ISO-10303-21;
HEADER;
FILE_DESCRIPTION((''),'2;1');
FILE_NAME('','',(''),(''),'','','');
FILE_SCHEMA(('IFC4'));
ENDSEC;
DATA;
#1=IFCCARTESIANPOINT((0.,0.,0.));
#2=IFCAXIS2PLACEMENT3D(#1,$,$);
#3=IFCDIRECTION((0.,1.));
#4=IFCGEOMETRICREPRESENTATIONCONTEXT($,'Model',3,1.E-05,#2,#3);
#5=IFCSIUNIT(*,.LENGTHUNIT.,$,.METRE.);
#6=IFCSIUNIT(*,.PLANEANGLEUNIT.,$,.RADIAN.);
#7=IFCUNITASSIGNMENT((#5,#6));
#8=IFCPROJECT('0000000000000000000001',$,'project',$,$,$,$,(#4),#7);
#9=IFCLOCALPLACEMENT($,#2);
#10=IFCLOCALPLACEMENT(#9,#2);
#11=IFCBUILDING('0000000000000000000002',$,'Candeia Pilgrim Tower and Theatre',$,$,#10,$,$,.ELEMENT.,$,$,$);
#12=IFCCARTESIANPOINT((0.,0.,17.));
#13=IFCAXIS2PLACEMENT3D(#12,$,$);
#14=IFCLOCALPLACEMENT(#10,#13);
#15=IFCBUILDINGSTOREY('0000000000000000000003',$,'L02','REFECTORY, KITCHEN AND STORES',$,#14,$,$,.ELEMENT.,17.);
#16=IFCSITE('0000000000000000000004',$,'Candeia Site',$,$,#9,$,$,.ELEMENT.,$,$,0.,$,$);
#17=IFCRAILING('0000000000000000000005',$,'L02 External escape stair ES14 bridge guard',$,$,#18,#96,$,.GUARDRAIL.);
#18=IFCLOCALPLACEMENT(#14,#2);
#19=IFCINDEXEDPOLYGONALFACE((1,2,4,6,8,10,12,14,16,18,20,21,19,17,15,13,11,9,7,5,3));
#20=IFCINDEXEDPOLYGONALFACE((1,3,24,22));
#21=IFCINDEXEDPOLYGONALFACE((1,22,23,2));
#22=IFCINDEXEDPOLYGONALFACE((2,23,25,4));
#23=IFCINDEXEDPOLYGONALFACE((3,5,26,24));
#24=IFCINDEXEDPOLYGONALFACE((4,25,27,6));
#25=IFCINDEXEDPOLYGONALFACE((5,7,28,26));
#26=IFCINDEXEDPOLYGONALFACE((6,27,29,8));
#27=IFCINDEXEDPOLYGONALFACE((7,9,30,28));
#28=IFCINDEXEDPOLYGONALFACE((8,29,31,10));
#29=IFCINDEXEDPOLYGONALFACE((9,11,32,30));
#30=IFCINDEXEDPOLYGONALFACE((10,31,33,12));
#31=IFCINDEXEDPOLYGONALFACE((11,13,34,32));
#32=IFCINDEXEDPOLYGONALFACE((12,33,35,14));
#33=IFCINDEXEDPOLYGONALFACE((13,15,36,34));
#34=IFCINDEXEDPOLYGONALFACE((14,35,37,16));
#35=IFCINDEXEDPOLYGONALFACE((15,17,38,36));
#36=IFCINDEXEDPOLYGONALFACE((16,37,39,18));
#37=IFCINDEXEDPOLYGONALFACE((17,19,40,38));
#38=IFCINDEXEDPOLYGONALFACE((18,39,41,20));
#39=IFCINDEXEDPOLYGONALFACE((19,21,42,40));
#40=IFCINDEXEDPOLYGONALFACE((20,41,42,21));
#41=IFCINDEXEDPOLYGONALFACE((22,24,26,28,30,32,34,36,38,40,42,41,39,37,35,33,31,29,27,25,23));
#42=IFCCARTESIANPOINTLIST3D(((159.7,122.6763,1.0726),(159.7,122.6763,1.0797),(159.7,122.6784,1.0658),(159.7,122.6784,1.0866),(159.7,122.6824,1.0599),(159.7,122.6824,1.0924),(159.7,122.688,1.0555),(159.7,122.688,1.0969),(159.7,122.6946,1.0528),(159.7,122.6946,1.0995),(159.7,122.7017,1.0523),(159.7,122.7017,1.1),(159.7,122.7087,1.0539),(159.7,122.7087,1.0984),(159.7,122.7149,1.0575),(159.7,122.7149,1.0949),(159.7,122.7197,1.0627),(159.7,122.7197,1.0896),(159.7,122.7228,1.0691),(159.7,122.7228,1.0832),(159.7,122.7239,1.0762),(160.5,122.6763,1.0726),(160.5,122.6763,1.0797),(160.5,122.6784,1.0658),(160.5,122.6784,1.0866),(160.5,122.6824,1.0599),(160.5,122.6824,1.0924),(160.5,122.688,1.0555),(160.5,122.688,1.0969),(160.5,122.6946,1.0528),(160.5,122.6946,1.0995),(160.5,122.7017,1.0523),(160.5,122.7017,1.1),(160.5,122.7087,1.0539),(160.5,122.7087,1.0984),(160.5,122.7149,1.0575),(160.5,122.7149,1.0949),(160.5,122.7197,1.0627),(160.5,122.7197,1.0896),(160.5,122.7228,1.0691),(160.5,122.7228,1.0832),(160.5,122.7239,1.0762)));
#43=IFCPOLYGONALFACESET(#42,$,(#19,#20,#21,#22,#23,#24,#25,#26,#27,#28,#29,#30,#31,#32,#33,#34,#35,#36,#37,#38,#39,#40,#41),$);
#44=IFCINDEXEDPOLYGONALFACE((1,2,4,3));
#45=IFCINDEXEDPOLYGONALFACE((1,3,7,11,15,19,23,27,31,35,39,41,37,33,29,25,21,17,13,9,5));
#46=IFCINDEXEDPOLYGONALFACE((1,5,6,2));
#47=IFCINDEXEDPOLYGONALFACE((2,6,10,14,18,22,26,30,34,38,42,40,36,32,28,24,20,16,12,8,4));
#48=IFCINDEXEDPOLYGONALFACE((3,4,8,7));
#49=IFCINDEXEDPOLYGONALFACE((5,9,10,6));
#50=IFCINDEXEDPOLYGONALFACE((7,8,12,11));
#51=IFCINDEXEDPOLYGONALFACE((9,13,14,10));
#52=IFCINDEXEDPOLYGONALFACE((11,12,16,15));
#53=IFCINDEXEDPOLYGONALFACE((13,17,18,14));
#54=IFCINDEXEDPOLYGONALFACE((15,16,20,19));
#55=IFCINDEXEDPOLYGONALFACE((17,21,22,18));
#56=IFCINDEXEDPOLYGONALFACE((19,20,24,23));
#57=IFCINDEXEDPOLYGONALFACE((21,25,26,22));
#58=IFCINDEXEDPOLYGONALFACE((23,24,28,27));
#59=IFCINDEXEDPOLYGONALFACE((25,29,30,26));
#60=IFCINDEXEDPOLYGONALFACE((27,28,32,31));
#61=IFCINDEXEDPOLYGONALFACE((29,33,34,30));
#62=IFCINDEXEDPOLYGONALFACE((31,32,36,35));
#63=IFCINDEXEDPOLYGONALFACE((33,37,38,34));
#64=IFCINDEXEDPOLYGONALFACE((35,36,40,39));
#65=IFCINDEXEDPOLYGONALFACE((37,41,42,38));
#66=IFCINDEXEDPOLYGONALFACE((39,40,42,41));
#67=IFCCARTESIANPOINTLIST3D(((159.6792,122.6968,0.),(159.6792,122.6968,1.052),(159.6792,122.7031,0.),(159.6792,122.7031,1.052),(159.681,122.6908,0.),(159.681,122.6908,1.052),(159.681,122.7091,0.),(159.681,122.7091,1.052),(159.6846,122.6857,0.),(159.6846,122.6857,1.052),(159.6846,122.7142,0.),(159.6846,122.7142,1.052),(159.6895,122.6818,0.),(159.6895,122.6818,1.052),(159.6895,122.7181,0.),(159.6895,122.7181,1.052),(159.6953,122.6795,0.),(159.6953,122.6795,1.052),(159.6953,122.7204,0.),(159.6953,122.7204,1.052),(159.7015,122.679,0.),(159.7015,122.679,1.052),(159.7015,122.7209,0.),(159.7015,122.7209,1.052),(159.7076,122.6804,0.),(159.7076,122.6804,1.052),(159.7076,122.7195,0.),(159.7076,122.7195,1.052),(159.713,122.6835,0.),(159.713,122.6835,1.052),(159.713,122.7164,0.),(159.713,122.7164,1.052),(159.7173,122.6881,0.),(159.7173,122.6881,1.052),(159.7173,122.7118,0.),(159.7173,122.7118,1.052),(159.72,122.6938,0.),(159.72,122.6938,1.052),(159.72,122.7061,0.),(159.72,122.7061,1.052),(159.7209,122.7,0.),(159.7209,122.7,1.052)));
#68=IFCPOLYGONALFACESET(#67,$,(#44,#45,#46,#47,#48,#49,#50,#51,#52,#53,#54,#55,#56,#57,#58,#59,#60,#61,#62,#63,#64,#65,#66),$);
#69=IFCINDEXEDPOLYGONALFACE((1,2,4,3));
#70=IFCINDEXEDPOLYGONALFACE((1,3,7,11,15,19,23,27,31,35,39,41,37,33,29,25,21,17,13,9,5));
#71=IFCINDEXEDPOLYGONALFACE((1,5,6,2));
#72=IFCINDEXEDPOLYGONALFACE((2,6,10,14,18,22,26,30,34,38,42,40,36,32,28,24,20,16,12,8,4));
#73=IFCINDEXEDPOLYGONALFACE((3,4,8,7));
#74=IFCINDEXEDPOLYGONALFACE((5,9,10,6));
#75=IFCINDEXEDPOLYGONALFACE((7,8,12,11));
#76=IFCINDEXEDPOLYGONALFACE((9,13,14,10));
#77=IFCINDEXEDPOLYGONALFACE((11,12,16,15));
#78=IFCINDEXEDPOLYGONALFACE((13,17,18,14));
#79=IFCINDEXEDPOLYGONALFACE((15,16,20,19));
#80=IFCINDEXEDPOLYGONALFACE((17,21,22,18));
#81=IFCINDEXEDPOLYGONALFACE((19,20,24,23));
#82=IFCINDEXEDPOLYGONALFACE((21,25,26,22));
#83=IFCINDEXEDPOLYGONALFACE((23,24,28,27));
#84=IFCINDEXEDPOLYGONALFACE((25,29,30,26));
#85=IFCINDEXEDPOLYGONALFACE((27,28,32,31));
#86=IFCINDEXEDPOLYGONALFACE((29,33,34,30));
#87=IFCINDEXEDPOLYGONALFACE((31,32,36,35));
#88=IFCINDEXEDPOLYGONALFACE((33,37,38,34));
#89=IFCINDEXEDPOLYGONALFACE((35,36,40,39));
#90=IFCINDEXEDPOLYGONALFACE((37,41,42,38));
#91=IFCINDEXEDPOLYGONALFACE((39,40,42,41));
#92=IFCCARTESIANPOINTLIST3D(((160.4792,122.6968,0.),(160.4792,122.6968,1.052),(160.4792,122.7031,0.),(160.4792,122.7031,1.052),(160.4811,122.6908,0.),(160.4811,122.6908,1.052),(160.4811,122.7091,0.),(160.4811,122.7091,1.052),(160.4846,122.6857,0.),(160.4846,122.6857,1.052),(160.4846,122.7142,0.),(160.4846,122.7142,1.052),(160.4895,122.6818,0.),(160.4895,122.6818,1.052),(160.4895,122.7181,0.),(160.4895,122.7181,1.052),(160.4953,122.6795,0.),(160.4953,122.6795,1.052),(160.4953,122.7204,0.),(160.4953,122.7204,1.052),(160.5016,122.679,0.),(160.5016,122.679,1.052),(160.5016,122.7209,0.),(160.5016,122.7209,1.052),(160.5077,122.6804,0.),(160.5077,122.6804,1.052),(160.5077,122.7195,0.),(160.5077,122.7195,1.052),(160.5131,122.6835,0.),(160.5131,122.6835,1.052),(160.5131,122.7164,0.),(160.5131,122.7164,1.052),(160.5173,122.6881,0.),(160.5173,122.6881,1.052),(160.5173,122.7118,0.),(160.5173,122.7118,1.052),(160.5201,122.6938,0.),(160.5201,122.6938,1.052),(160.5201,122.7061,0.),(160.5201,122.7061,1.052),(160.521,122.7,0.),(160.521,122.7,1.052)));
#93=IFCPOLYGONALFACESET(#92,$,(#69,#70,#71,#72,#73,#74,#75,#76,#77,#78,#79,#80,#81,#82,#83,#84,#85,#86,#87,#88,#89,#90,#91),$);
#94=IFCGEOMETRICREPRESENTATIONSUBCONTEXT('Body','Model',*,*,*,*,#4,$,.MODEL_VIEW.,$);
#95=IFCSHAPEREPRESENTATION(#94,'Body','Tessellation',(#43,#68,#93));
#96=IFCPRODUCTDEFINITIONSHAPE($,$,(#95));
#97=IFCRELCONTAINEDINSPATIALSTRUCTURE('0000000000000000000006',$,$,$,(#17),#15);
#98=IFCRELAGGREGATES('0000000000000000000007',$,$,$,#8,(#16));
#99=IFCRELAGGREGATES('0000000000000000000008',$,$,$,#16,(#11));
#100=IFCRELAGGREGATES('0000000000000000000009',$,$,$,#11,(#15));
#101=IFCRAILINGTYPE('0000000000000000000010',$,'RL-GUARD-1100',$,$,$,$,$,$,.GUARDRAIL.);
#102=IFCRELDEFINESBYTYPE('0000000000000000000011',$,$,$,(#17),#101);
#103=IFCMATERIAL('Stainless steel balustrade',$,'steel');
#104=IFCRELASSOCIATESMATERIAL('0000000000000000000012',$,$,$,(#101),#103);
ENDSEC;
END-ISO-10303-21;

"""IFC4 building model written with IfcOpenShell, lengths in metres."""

from ifc_helpers import new_model, si_unit, direction, frame, origin, origin_2d, place, context, subcontext, project, spatial, circle, extrude, material, type_object, element, save


model = new_model("IFC4")

# Units and contexts
model_context = context("Model", 3, precision=1e-05, world=origin(), true_north=direction((0.0, 1.0)))
body_context = subcontext(model_context, "Body", "Model", "MODEL_VIEW")
ifc_project = project(units=[si_unit("LENGTHUNIT", "METRE"), si_unit("PLANEANGLEUNIT", "RADIAN")], contexts=[model_context])

# Site, building, storey
site_placement = place(None, origin())
site = spatial("IfcSite", under=ifc_project, at=site_placement, Name="Candeia Site", CompositionType="ELEMENT", RefElevation=0.0)
building_placement = place(site_placement, origin())
building = spatial("IfcBuilding", under=site, at=building_placement, Name="Candeia Pilgrim Tower and Theatre", CompositionType="ELEMENT")
storey_placement = place(building_placement, frame((0.0, 0.0, 17.0)))
storey = spatial("IfcBuildingStorey", under=building, at=storey_placement, Name="L02", Description="REFECTORY, KITCHEN AND STORES", CompositionType="ELEMENT", Elevation=17.0)

# Railing
ifc_material_1 = material(Name="Stainless steel balustrade", Category="steel")
railing_type_1 = type_object("IfcRailingType", Name="RL-GUARD-1100", PredefinedType="GUARDRAIL", material=ifc_material_1)
railing_1_placement = place(storey_placement, frame((159.7, 122.7, 0.0)))
element("IfcRailing", 1, at=railing_1_placement, inside=storey, type_object=railing_type_1, Name="L02 External escape stair ES14 bridge guard", PredefinedType="GUARDRAIL", context=body_context, shape_type="SweptSolid", body=[
    extrude(circle(Radius=0.0239, at=origin_2d()), frame((0.0, 0.0, 1.0762), z_axis=(1.0, 0.0, 0.0), x_axis=(0.0, 1.0, 0.0)), (0.0, 0.0, 1.0), 0.8),
    extrude(circle(Radius=0.021, at=origin_2d()), origin(), (0.0, 0.0, 1.0), 1.052),
    extrude(circle(Radius=0.021, at=origin_2d()), frame((0.8, 0.0, 0.0)), (0.0, 0.0, 1.0), 1.052),
])

save(model, "model.ifc")
